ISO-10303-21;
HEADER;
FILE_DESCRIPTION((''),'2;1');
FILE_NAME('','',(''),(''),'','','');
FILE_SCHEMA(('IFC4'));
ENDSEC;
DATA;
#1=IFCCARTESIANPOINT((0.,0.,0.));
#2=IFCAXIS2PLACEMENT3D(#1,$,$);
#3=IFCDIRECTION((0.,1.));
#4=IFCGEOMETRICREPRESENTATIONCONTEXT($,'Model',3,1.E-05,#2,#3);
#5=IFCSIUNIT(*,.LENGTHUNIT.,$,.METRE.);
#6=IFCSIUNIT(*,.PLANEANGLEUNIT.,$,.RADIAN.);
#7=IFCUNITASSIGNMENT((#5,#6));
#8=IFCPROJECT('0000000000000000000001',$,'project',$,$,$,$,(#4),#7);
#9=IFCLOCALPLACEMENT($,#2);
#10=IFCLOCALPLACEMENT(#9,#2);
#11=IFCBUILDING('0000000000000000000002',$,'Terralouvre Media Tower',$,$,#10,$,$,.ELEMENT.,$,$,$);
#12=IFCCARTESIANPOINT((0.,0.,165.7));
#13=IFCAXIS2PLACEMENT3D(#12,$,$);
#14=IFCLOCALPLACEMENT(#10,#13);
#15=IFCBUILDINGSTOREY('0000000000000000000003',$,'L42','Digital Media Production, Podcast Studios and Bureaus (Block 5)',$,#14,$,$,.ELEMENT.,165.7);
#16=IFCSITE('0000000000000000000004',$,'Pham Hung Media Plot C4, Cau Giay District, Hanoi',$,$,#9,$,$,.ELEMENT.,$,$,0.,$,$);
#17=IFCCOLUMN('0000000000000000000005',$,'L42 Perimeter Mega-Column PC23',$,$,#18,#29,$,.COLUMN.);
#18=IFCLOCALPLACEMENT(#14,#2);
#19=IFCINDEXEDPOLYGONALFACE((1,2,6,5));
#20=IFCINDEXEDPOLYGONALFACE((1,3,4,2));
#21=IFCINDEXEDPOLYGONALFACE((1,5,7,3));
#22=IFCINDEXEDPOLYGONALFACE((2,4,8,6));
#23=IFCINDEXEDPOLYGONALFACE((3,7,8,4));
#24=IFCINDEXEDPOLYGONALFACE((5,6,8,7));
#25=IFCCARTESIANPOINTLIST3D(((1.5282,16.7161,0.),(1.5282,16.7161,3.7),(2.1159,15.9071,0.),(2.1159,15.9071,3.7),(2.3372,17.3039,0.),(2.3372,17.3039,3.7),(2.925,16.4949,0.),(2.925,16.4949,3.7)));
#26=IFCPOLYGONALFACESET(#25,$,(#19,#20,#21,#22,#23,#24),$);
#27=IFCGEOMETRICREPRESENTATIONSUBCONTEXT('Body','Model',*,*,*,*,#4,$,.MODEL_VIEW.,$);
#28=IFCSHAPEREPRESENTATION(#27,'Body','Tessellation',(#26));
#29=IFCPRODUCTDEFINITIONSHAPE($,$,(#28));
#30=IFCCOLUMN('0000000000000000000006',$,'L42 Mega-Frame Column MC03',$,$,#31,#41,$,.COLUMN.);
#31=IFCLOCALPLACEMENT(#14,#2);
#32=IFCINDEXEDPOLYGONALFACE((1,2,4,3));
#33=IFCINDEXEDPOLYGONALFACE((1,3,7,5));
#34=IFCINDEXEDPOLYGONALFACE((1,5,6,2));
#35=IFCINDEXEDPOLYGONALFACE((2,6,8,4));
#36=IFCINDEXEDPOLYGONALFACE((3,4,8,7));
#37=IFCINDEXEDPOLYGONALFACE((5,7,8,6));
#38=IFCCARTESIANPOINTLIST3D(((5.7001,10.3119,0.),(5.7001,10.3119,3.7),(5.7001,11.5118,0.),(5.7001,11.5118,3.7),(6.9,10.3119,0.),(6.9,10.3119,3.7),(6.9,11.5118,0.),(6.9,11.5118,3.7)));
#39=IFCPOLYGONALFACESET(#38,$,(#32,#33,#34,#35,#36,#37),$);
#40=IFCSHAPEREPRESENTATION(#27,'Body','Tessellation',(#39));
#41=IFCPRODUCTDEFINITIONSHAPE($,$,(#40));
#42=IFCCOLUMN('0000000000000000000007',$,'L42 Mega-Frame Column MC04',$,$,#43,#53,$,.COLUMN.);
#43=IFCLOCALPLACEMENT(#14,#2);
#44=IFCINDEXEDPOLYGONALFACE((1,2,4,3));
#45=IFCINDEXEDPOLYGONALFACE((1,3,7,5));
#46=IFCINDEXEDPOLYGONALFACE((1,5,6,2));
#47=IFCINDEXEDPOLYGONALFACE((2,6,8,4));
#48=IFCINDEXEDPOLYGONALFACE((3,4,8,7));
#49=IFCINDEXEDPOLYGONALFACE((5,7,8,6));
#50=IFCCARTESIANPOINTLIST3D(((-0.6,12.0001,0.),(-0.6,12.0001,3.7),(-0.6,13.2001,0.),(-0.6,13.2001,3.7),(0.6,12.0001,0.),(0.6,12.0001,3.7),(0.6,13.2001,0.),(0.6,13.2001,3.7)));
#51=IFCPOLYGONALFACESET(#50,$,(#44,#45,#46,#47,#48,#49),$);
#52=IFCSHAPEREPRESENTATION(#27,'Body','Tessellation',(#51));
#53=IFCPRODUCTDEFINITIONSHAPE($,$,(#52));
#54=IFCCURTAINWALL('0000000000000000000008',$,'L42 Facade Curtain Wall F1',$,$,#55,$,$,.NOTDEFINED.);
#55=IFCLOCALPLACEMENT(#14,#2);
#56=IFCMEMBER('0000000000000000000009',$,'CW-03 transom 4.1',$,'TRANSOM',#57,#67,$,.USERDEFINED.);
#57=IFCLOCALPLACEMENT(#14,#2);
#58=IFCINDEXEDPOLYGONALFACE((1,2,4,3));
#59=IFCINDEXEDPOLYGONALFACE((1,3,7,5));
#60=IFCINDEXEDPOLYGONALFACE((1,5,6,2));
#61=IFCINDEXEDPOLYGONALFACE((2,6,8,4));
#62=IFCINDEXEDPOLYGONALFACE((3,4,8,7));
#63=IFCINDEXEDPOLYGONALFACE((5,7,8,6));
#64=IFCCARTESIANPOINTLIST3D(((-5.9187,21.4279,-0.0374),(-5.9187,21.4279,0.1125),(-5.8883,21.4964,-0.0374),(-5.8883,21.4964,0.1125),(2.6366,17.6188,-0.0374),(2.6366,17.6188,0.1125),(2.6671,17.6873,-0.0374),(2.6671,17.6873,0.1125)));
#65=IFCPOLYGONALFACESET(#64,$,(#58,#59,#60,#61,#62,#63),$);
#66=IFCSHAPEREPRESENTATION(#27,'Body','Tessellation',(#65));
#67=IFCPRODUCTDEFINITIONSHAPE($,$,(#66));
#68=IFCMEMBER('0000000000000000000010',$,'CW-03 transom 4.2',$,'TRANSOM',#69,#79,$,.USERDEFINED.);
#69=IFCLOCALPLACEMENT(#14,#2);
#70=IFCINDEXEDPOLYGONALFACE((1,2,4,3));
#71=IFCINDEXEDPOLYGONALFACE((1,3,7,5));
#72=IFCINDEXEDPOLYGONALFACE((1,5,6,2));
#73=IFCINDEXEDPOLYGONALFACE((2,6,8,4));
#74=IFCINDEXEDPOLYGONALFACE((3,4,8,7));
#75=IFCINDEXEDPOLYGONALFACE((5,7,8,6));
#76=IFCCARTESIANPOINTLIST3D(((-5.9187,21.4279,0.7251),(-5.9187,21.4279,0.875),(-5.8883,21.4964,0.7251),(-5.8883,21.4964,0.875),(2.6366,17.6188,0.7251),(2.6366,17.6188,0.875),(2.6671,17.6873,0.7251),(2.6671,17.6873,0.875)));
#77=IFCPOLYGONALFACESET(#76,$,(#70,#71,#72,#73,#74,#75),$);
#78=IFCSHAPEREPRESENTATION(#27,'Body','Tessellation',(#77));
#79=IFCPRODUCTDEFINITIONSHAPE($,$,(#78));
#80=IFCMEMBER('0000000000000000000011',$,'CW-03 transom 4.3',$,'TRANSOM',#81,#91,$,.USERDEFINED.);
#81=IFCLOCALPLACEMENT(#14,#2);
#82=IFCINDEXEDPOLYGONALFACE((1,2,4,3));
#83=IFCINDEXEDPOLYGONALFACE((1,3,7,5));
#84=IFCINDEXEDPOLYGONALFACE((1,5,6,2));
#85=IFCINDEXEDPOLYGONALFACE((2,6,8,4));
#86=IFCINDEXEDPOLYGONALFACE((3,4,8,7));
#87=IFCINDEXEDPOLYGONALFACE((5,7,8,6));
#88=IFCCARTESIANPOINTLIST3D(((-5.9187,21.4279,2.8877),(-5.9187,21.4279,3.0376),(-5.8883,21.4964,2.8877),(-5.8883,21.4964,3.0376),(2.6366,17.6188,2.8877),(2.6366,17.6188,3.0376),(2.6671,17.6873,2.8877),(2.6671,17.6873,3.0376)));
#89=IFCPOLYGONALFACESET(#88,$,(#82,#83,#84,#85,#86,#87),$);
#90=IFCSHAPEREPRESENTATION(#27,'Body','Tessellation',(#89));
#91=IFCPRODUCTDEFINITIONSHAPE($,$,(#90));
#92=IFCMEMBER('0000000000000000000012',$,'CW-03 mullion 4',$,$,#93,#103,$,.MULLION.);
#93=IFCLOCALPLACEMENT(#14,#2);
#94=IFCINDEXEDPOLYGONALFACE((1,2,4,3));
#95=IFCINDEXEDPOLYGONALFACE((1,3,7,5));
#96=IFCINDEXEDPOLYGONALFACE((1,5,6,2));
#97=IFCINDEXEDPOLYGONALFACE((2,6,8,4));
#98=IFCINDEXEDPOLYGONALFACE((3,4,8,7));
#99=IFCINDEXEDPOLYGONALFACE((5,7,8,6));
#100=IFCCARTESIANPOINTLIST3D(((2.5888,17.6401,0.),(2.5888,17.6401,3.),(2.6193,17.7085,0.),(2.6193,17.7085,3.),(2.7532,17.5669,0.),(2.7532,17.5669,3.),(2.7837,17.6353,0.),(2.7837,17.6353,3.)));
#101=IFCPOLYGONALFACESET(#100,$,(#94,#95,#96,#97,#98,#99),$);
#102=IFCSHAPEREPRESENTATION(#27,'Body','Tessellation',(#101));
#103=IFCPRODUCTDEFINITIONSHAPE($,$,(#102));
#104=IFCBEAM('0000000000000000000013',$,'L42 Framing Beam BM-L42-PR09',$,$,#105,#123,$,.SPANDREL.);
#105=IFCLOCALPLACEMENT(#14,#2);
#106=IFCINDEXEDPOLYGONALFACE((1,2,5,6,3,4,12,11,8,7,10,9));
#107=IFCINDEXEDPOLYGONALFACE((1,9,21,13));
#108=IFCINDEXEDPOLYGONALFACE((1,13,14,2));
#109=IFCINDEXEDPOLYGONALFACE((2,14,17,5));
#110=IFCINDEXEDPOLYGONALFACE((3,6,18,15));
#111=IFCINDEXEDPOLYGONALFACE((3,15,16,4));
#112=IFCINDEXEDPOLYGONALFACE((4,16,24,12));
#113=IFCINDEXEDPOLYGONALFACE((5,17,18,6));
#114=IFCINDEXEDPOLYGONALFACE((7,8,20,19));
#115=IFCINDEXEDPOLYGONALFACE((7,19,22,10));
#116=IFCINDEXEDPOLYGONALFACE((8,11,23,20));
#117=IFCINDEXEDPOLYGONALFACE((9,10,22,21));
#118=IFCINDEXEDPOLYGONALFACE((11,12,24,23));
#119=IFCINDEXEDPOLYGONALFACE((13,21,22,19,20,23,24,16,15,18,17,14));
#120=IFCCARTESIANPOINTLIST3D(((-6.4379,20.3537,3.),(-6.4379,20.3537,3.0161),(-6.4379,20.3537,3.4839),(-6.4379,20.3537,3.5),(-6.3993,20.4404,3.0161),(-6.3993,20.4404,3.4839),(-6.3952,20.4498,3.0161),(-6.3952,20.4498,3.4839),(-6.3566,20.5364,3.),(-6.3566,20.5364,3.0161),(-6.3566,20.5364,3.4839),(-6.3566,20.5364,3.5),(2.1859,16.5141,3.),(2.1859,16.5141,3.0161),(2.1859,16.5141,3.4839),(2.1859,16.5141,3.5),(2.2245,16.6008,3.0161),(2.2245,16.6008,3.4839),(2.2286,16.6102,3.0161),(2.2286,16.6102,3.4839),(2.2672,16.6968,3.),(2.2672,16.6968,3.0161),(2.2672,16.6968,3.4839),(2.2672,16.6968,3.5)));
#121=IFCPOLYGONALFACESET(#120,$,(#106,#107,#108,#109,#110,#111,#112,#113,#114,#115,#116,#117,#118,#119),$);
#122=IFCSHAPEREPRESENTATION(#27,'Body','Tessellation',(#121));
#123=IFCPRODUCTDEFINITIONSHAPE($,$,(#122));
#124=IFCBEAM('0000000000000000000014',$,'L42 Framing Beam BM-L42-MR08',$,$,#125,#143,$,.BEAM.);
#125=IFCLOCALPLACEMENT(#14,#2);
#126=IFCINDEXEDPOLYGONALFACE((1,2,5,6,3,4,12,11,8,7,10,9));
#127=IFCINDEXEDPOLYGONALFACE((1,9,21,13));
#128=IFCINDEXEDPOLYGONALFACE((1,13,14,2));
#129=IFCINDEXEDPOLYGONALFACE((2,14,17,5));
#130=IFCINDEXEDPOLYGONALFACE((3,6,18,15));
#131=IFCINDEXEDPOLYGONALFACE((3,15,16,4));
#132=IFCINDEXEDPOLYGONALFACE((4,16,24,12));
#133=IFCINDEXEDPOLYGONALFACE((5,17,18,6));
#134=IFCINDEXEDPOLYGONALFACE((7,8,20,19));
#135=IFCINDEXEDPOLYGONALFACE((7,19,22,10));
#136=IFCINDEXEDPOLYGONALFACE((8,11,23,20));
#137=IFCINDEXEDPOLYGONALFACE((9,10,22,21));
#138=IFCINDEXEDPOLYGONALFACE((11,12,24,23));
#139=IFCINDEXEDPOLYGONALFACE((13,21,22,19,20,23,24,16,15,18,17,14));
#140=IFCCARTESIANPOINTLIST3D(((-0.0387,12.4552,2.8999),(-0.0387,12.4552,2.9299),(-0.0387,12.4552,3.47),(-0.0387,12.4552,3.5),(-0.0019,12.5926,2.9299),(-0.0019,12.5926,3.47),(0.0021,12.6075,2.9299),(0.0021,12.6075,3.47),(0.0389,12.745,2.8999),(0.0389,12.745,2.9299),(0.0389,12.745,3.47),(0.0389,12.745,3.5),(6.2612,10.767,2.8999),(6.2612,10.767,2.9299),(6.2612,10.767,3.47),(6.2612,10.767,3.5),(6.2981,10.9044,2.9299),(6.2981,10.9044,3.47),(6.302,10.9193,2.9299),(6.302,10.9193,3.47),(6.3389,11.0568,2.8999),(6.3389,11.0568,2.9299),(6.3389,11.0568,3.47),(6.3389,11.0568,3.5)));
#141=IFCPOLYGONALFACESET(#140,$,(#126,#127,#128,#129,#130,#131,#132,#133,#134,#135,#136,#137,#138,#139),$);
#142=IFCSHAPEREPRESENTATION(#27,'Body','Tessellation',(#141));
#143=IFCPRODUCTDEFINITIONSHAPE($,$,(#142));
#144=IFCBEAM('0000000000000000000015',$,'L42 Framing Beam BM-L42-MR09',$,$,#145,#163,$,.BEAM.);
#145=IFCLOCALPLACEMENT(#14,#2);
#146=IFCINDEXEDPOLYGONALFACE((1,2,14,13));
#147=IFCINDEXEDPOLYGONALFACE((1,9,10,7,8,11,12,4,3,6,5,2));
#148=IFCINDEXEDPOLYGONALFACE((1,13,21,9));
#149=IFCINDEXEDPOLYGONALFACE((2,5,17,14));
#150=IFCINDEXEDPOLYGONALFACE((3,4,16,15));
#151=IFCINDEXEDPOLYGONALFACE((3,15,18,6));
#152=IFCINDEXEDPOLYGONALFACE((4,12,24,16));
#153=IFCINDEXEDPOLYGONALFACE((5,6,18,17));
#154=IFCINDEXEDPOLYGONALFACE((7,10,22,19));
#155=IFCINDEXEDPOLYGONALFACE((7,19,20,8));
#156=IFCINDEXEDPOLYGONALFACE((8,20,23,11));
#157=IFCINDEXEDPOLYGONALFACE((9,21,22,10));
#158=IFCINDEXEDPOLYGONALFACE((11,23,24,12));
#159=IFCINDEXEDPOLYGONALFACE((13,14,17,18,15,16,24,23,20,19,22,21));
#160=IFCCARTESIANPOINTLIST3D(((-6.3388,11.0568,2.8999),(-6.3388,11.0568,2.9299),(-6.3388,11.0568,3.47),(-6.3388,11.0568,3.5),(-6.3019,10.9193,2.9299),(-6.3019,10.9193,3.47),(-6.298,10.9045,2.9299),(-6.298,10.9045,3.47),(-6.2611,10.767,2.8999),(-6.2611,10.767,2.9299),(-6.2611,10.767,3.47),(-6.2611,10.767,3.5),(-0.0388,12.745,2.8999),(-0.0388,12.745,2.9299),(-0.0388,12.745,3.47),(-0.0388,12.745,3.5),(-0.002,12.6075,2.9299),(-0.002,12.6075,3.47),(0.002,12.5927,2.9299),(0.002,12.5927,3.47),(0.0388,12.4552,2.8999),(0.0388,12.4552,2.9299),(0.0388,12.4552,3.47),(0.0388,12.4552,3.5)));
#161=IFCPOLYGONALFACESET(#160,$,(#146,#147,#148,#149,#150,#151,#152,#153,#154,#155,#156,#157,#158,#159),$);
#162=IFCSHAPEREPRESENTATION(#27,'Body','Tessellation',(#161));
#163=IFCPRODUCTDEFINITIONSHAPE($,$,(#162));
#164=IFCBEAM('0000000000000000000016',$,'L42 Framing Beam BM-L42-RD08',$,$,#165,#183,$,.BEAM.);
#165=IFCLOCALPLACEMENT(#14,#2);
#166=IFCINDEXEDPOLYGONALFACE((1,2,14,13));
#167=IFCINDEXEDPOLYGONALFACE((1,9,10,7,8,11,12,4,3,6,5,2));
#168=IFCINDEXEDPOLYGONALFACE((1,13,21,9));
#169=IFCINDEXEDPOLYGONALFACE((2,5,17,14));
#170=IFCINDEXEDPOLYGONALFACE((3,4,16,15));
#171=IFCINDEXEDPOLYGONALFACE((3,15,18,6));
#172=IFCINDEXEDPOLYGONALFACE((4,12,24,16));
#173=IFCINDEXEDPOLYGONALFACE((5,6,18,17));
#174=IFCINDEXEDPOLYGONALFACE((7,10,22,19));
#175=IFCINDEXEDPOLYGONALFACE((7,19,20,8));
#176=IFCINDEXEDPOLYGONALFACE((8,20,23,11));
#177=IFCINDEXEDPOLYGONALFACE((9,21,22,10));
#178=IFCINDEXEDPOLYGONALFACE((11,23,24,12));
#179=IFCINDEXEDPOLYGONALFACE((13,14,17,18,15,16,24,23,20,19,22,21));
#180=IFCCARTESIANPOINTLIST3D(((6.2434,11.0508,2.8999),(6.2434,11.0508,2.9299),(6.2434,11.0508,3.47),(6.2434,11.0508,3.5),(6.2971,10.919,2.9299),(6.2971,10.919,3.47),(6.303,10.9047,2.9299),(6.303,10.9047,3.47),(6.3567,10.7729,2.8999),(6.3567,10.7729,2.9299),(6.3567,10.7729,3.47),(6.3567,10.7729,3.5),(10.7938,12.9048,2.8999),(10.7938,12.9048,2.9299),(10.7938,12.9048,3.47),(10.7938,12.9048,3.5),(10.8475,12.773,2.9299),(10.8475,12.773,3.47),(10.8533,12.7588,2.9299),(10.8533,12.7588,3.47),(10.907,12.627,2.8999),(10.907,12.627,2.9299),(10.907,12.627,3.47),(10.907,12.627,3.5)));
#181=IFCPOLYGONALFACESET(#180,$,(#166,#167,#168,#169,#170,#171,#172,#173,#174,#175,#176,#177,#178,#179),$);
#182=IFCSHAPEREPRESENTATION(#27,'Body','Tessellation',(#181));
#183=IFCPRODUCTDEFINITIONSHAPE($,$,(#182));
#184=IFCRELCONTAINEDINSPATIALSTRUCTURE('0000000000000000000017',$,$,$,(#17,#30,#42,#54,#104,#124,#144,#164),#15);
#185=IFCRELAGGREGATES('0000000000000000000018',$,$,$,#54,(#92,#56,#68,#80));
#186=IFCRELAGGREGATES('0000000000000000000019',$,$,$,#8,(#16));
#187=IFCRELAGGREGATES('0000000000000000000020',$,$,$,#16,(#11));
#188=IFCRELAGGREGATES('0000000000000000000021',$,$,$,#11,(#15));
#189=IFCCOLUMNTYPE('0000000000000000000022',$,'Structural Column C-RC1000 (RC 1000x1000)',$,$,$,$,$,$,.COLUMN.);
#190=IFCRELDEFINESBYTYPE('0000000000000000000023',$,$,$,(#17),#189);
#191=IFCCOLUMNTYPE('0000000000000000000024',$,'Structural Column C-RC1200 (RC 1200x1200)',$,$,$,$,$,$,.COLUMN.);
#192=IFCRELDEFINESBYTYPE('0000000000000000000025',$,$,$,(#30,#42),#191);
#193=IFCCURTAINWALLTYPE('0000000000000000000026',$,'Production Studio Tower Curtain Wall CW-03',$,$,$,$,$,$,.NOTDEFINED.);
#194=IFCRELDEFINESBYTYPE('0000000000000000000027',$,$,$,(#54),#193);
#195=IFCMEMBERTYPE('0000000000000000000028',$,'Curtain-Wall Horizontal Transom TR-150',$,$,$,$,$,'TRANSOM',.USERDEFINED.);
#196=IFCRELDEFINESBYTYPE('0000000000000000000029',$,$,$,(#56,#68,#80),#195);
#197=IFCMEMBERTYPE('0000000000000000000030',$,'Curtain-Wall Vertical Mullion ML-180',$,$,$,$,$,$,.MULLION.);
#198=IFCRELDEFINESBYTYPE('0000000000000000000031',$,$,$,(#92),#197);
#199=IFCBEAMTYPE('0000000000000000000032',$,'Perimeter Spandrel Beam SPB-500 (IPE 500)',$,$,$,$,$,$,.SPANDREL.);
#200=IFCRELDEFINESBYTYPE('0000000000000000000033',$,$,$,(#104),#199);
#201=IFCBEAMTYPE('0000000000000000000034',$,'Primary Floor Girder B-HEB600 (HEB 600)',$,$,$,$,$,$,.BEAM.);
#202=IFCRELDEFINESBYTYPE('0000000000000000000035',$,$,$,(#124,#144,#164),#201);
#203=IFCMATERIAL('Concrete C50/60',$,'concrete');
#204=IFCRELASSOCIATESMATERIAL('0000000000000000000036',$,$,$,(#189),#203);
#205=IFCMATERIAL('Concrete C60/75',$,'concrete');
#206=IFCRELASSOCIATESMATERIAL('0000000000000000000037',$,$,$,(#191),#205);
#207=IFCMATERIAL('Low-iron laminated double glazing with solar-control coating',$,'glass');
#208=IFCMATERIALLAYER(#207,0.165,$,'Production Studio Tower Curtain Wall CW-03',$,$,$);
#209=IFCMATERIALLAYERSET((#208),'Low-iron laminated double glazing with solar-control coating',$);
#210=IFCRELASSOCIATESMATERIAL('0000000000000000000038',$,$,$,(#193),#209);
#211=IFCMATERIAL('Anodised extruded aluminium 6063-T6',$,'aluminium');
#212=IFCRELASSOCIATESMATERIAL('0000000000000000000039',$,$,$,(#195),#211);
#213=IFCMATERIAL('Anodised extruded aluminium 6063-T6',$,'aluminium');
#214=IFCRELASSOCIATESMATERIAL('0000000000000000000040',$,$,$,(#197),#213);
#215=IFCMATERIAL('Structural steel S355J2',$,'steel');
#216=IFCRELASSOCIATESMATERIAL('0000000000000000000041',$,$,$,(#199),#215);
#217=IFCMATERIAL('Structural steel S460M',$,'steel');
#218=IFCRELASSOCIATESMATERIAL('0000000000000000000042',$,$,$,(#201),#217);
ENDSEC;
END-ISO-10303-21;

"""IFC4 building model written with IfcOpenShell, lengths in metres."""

from ifc_helpers import new_model, si_unit, direction, frame, origin, origin_2d, place, context, subcontext, project, spatial, rectangle, i_section, extrude, material, layer, layer_set, material_profile, profile_set, type_object, element, aggregate, save


model = new_model("IFC4")

# Units and contexts
model_context = context("Model", 3, precision=1e-05, world=origin(), true_north=direction((0.0, 1.0)))
body_context = subcontext(model_context, "Body", "Model", "MODEL_VIEW")
ifc_project = project(units=[si_unit("LENGTHUNIT", "METRE"), si_unit("PLANEANGLEUNIT", "RADIAN")], contexts=[model_context])

# Site, building, storey
site_placement = place(None, origin())
site = spatial("IfcSite", under=ifc_project, at=site_placement, Name="Pham Hung Media Plot C4, Cau Giay District, Hanoi", CompositionType="ELEMENT", RefElevation=0.0)
building_placement = place(site_placement, origin())
building = spatial("IfcBuilding", under=site, at=building_placement, Name="Terralouvre Media Tower", CompositionType="ELEMENT")
storey_placement = place(building_placement, frame((0.0, 0.0, 165.7)))
storey = spatial("IfcBuildingStorey", under=building, at=storey_placement, Name="L42", Description="Digital Media Production, Podcast Studios and Bureaus (Block 5)", CompositionType="ELEMENT", Elevation=165.7)

# Columns
ifc_material_1 = material(Name="Concrete C50/60", Category="concrete")
ifc_material_profile_1 = material_profile(ifc_material_1, rectangle(XDim=1.0, YDim=1.0, at=origin_2d()), Name="RC 1000x1000")
ifc_profile_set_1 = profile_set([ifc_material_profile_1], Name="Concrete C50/60")
column_type_1 = type_object("IfcColumnType", Name="Structural Column C-RC1000 (RC 1000x1000)", PredefinedType="COLUMN", material=ifc_profile_set_1)
column_placement = place(storey_placement, frame((2.2266, 16.6055, 0.0), z_axis=(0.0, 0.0, 1.0), x_axis=(0.809017, 0.587785, 0.0)))
element("IfcColumn", 1, at=column_placement, inside=storey, type_object=column_type_1, Name="L42 Perimeter Mega-Column PC23", PredefinedType="COLUMN", context=body_context, shape_type="SweptSolid", body=[
    extrude(rectangle(XDim=1.0, YDim=1.0, at=origin_2d()), origin(), (0.0, 0.0, 1.0), 3.7),
])
ifc_material_2 = material(Name="Concrete C60/75", Category="concrete")
ifc_material_profile_2 = material_profile(ifc_material_2, rectangle(XDim=1.2, YDim=1.2, at=origin_2d()), Name="RC 1200x1200")
ifc_profile_set_2 = profile_set([ifc_material_profile_2], Name="Concrete C60/75")
column_type_2 = type_object("IfcColumnType", Name="Structural Column C-RC1200 (RC 1200x1200)", PredefinedType="COLUMN", material=ifc_profile_set_2)
for number, where, z_axis, x_axis, name in (
    (2, (6.3, 10.9119, 0.0), (0.0, 0.0, 1.0), (1.0, 0.0, 0.0), "L42 Mega-Frame Column MC03"),
    (3, (0.0, 12.6001, 0.0), (0.0, 0.0, 1.0), (1.0, 0.0, 0.0), "L42 Mega-Frame Column MC04"),
):
    element("IfcColumn", number, at=place(storey_placement, frame(where, z_axis=z_axis, x_axis=x_axis)), inside=storey, type_object=column_type_2, Name=name, PredefinedType="COLUMN", context=body_context, shape_type="SweptSolid", body=[
        extrude(rectangle(XDim=1.2, YDim=1.2, at=origin_2d()), origin(), (0.0, 0.0, 1.0), 3.7),
    ])

# Curtain wall, members
ifc_material_3 = material(Name="Low-iron laminated double glazing with solar-control coating", Category="glass")
ifc_layer_1 = layer(ifc_material_3, 0.165, Name="Production Studio Tower Curtain Wall CW-03")
ifc_layer_set_1 = layer_set([ifc_layer_1], Name="Low-iron laminated double glazing with solar-control coating")
curtain_wall_type = type_object("IfcCurtainWallType", Name="Production Studio Tower Curtain Wall CW-03", PredefinedType="NOTDEFINED", material=ifc_layer_set_1)
curtain_wall_placement = place(storey_placement, origin())
curtain_wall = element("IfcCurtainWall", 4, at=curtain_wall_placement, inside=storey, type_object=curtain_wall_type, Name="L42 Facade Curtain Wall F1", PredefinedType="NOTDEFINED")
ifc_material_4 = material(Name="Anodised extruded aluminium 6063-T6", Category="aluminium")
ifc_material_profile_3 = material_profile(ifc_material_4, rectangle(XDim=0.075, YDim=0.1499, at=origin_2d()), Name="ALU 75x150")
ifc_profile_set_3 = profile_set([ifc_material_profile_3], Name="Anodised extruded aluminium 6063-T6")
member_type_1 = type_object("IfcMemberType", Name="Curtain-Wall Horizontal Transom TR-150", ElementType="TRANSOM", PredefinedType="USERDEFINED", material=ifc_profile_set_3)
member_1_placement = place(storey_placement, frame((2.6519, 17.6531, 0.0376), z_axis=(-0.913547, 0.406733, 0.0), x_axis=(-0.406733, -0.913547, 0.0)))
member_1 = element("IfcMember", 5, at=member_1_placement, type_object=member_type_1, Name="CW-03 transom 4.1", ObjectType="TRANSOM", PredefinedType="USERDEFINED", context=body_context, shape_type="SweptSolid", body=[
    extrude(rectangle(XDim=0.075, YDim=0.1499, at=origin_2d()), origin(), (0.0, 0.0, 1.0), 9.365),
])
member_2_placement = place(storey_placement, frame((2.6519, 17.6531, 0.8), z_axis=(-0.913547, 0.406733, 0.0), x_axis=(-0.406733, -0.913547, 0.0)))
member_2 = element("IfcMember", 6, at=member_2_placement, type_object=member_type_1, Name="CW-03 transom 4.2", ObjectType="TRANSOM", PredefinedType="USERDEFINED", context=body_context, shape_type="SweptSolid", body=[
    extrude(rectangle(XDim=0.075, YDim=0.1499, at=origin_2d()), origin(), (0.0, 0.0, 1.0), 9.365),
])
member_3_placement = place(storey_placement, frame((2.6519, 17.6531, 2.9626), z_axis=(-0.913547, 0.406733, 0.0), x_axis=(-0.406733, -0.913547, 0.0)))
member_3 = element("IfcMember", 7, at=member_3_placement, type_object=member_type_1, Name="CW-03 transom 4.3", ObjectType="TRANSOM", PredefinedType="USERDEFINED", context=body_context, shape_type="SweptSolid", body=[
    extrude(rectangle(XDim=0.075, YDim=0.1499, at=origin_2d()), origin(), (0.0, 0.0, 1.0), 9.365),
])
ifc_material_5 = material(Name="Anodised extruded aluminium 6063-T6", Category="aluminium")
ifc_material_profile_4 = material_profile(ifc_material_5, rectangle(XDim=0.075, YDim=0.1799, at=origin_2d()), Name="ALU 75x180")
ifc_profile_set_4 = profile_set([ifc_material_profile_4], Name="Anodised extruded aluminium 6063-T6")
member_type_2 = type_object("IfcMemberType", Name="Curtain-Wall Vertical Mullion ML-180", PredefinedType="MULLION", material=ifc_profile_set_4)
member_4_placement = place(storey_placement, frame((2.6863, 17.6377, 0.0), z_axis=(0.0, 0.0, 1.0), x_axis=(-0.406737, -0.913545, 0.0)))
member_4 = element("IfcMember", 8, at=member_4_placement, type_object=member_type_2, Name="CW-03 mullion 4", PredefinedType="MULLION", context=body_context, shape_type="SweptSolid", body=[
    extrude(rectangle(XDim=0.075, YDim=0.1799, at=origin_2d()), origin(), (0.0, 0.0, 1.0), 3.0),
])

# Beams
ifc_material_6 = material(Name="Structural steel S355J2", Category="steel")
ifc_material_profile_5 = material_profile(ifc_material_6, i_section(OverallWidth=0.2, OverallDepth=0.5, WebThickness=0.0103, FlangeThickness=0.0161, at=origin_2d()), Name="IPE 500")
ifc_profile_set_5 = profile_set([ifc_material_profile_5], Name="Structural steel S355J2")
beam_type_1 = type_object("IfcBeamType", Name="Perimeter Spandrel Beam SPB-500 (IPE 500)", PredefinedType="SPANDREL", material=ifc_profile_set_5)
beam_1_placement = place(storey_placement, frame((2.2266, 16.6055, 3.25), z_axis=(-0.913544, 0.406741, 0.0), x_axis=(-0.406741, -0.913544, 0.0)))
element("IfcBeam", 9, at=beam_1_placement, inside=storey, type_object=beam_type_1, Name="L42 Framing Beam BM-L42-PR09", PredefinedType="SPANDREL", context=body_context, shape_type="SweptSolid", body=[
    extrude(i_section(OverallWidth=0.2, OverallDepth=0.5, WebThickness=0.0103, FlangeThickness=0.0161, at=origin_2d()), origin(), (0.0, 0.0, 1.0), 9.4399),
])
ifc_material_7 = material(Name="Structural steel S460M", Category="steel")
ifc_material_profile_6 = material_profile(ifc_material_7, i_section(OverallWidth=0.3, OverallDepth=0.6001, WebThickness=0.0154, FlangeThickness=0.03, at=origin_2d()), Name="HEB 600")
ifc_profile_set_6 = profile_set([ifc_material_profile_6], Name="Structural steel S460M")
beam_type_2 = type_object("IfcBeamType", Name="Primary Floor Girder B-HEB600 (HEB 600)", PredefinedType="BEAM", material=ifc_profile_set_6)
for number, where, z_axis, x_axis, name in (
    (10, (6.3, 10.9119, 3.2), (-0.96592, 0.258839, 0.0), (-0.258839, -0.96592, 0.0), "L42 Framing Beam BM-L42-MR08"),
    (11, (0.0, 12.6001, 3.2), (-0.96592, -0.258839, 0.0), (0.258839, -0.96592, 0.0), "L42 Framing Beam BM-L42-MR09"),
):
    element("IfcBeam", number, at=place(storey_placement, frame(where, z_axis=z_axis, x_axis=x_axis)), inside=storey, type_object=beam_type_2, Name=name, PredefinedType="BEAM", context=body_context, shape_type="SweptSolid", body=[
        extrude(i_section(OverallWidth=0.3, OverallDepth=0.6001, WebThickness=0.0154, FlangeThickness=0.03, at=origin_2d()), origin(), (0.0, 0.0, 1.0), 6.5222),
    ])
beam_2_placement = place(storey_placement, frame((6.3, 10.9119, 3.2), z_axis=(0.926079, 0.377328, 0.0), x_axis=(-0.377328, 0.926079, 0.0)))
element("IfcBeam", 12, at=beam_2_placement, inside=storey, type_object=beam_type_2, Name="L42 Framing Beam BM-L42-RD08", PredefinedType="BEAM", context=body_context, shape_type="SweptSolid", body=[
    extrude(i_section(OverallWidth=0.3, OverallDepth=0.6001, WebThickness=0.0154, FlangeThickness=0.03, at=origin_2d()), origin(), (0.0, 0.0, 1.0), 4.9136),
])

aggregate(curtain_wall, [member_4, member_1, member_2, member_3])

save(model, "model.ifc")
